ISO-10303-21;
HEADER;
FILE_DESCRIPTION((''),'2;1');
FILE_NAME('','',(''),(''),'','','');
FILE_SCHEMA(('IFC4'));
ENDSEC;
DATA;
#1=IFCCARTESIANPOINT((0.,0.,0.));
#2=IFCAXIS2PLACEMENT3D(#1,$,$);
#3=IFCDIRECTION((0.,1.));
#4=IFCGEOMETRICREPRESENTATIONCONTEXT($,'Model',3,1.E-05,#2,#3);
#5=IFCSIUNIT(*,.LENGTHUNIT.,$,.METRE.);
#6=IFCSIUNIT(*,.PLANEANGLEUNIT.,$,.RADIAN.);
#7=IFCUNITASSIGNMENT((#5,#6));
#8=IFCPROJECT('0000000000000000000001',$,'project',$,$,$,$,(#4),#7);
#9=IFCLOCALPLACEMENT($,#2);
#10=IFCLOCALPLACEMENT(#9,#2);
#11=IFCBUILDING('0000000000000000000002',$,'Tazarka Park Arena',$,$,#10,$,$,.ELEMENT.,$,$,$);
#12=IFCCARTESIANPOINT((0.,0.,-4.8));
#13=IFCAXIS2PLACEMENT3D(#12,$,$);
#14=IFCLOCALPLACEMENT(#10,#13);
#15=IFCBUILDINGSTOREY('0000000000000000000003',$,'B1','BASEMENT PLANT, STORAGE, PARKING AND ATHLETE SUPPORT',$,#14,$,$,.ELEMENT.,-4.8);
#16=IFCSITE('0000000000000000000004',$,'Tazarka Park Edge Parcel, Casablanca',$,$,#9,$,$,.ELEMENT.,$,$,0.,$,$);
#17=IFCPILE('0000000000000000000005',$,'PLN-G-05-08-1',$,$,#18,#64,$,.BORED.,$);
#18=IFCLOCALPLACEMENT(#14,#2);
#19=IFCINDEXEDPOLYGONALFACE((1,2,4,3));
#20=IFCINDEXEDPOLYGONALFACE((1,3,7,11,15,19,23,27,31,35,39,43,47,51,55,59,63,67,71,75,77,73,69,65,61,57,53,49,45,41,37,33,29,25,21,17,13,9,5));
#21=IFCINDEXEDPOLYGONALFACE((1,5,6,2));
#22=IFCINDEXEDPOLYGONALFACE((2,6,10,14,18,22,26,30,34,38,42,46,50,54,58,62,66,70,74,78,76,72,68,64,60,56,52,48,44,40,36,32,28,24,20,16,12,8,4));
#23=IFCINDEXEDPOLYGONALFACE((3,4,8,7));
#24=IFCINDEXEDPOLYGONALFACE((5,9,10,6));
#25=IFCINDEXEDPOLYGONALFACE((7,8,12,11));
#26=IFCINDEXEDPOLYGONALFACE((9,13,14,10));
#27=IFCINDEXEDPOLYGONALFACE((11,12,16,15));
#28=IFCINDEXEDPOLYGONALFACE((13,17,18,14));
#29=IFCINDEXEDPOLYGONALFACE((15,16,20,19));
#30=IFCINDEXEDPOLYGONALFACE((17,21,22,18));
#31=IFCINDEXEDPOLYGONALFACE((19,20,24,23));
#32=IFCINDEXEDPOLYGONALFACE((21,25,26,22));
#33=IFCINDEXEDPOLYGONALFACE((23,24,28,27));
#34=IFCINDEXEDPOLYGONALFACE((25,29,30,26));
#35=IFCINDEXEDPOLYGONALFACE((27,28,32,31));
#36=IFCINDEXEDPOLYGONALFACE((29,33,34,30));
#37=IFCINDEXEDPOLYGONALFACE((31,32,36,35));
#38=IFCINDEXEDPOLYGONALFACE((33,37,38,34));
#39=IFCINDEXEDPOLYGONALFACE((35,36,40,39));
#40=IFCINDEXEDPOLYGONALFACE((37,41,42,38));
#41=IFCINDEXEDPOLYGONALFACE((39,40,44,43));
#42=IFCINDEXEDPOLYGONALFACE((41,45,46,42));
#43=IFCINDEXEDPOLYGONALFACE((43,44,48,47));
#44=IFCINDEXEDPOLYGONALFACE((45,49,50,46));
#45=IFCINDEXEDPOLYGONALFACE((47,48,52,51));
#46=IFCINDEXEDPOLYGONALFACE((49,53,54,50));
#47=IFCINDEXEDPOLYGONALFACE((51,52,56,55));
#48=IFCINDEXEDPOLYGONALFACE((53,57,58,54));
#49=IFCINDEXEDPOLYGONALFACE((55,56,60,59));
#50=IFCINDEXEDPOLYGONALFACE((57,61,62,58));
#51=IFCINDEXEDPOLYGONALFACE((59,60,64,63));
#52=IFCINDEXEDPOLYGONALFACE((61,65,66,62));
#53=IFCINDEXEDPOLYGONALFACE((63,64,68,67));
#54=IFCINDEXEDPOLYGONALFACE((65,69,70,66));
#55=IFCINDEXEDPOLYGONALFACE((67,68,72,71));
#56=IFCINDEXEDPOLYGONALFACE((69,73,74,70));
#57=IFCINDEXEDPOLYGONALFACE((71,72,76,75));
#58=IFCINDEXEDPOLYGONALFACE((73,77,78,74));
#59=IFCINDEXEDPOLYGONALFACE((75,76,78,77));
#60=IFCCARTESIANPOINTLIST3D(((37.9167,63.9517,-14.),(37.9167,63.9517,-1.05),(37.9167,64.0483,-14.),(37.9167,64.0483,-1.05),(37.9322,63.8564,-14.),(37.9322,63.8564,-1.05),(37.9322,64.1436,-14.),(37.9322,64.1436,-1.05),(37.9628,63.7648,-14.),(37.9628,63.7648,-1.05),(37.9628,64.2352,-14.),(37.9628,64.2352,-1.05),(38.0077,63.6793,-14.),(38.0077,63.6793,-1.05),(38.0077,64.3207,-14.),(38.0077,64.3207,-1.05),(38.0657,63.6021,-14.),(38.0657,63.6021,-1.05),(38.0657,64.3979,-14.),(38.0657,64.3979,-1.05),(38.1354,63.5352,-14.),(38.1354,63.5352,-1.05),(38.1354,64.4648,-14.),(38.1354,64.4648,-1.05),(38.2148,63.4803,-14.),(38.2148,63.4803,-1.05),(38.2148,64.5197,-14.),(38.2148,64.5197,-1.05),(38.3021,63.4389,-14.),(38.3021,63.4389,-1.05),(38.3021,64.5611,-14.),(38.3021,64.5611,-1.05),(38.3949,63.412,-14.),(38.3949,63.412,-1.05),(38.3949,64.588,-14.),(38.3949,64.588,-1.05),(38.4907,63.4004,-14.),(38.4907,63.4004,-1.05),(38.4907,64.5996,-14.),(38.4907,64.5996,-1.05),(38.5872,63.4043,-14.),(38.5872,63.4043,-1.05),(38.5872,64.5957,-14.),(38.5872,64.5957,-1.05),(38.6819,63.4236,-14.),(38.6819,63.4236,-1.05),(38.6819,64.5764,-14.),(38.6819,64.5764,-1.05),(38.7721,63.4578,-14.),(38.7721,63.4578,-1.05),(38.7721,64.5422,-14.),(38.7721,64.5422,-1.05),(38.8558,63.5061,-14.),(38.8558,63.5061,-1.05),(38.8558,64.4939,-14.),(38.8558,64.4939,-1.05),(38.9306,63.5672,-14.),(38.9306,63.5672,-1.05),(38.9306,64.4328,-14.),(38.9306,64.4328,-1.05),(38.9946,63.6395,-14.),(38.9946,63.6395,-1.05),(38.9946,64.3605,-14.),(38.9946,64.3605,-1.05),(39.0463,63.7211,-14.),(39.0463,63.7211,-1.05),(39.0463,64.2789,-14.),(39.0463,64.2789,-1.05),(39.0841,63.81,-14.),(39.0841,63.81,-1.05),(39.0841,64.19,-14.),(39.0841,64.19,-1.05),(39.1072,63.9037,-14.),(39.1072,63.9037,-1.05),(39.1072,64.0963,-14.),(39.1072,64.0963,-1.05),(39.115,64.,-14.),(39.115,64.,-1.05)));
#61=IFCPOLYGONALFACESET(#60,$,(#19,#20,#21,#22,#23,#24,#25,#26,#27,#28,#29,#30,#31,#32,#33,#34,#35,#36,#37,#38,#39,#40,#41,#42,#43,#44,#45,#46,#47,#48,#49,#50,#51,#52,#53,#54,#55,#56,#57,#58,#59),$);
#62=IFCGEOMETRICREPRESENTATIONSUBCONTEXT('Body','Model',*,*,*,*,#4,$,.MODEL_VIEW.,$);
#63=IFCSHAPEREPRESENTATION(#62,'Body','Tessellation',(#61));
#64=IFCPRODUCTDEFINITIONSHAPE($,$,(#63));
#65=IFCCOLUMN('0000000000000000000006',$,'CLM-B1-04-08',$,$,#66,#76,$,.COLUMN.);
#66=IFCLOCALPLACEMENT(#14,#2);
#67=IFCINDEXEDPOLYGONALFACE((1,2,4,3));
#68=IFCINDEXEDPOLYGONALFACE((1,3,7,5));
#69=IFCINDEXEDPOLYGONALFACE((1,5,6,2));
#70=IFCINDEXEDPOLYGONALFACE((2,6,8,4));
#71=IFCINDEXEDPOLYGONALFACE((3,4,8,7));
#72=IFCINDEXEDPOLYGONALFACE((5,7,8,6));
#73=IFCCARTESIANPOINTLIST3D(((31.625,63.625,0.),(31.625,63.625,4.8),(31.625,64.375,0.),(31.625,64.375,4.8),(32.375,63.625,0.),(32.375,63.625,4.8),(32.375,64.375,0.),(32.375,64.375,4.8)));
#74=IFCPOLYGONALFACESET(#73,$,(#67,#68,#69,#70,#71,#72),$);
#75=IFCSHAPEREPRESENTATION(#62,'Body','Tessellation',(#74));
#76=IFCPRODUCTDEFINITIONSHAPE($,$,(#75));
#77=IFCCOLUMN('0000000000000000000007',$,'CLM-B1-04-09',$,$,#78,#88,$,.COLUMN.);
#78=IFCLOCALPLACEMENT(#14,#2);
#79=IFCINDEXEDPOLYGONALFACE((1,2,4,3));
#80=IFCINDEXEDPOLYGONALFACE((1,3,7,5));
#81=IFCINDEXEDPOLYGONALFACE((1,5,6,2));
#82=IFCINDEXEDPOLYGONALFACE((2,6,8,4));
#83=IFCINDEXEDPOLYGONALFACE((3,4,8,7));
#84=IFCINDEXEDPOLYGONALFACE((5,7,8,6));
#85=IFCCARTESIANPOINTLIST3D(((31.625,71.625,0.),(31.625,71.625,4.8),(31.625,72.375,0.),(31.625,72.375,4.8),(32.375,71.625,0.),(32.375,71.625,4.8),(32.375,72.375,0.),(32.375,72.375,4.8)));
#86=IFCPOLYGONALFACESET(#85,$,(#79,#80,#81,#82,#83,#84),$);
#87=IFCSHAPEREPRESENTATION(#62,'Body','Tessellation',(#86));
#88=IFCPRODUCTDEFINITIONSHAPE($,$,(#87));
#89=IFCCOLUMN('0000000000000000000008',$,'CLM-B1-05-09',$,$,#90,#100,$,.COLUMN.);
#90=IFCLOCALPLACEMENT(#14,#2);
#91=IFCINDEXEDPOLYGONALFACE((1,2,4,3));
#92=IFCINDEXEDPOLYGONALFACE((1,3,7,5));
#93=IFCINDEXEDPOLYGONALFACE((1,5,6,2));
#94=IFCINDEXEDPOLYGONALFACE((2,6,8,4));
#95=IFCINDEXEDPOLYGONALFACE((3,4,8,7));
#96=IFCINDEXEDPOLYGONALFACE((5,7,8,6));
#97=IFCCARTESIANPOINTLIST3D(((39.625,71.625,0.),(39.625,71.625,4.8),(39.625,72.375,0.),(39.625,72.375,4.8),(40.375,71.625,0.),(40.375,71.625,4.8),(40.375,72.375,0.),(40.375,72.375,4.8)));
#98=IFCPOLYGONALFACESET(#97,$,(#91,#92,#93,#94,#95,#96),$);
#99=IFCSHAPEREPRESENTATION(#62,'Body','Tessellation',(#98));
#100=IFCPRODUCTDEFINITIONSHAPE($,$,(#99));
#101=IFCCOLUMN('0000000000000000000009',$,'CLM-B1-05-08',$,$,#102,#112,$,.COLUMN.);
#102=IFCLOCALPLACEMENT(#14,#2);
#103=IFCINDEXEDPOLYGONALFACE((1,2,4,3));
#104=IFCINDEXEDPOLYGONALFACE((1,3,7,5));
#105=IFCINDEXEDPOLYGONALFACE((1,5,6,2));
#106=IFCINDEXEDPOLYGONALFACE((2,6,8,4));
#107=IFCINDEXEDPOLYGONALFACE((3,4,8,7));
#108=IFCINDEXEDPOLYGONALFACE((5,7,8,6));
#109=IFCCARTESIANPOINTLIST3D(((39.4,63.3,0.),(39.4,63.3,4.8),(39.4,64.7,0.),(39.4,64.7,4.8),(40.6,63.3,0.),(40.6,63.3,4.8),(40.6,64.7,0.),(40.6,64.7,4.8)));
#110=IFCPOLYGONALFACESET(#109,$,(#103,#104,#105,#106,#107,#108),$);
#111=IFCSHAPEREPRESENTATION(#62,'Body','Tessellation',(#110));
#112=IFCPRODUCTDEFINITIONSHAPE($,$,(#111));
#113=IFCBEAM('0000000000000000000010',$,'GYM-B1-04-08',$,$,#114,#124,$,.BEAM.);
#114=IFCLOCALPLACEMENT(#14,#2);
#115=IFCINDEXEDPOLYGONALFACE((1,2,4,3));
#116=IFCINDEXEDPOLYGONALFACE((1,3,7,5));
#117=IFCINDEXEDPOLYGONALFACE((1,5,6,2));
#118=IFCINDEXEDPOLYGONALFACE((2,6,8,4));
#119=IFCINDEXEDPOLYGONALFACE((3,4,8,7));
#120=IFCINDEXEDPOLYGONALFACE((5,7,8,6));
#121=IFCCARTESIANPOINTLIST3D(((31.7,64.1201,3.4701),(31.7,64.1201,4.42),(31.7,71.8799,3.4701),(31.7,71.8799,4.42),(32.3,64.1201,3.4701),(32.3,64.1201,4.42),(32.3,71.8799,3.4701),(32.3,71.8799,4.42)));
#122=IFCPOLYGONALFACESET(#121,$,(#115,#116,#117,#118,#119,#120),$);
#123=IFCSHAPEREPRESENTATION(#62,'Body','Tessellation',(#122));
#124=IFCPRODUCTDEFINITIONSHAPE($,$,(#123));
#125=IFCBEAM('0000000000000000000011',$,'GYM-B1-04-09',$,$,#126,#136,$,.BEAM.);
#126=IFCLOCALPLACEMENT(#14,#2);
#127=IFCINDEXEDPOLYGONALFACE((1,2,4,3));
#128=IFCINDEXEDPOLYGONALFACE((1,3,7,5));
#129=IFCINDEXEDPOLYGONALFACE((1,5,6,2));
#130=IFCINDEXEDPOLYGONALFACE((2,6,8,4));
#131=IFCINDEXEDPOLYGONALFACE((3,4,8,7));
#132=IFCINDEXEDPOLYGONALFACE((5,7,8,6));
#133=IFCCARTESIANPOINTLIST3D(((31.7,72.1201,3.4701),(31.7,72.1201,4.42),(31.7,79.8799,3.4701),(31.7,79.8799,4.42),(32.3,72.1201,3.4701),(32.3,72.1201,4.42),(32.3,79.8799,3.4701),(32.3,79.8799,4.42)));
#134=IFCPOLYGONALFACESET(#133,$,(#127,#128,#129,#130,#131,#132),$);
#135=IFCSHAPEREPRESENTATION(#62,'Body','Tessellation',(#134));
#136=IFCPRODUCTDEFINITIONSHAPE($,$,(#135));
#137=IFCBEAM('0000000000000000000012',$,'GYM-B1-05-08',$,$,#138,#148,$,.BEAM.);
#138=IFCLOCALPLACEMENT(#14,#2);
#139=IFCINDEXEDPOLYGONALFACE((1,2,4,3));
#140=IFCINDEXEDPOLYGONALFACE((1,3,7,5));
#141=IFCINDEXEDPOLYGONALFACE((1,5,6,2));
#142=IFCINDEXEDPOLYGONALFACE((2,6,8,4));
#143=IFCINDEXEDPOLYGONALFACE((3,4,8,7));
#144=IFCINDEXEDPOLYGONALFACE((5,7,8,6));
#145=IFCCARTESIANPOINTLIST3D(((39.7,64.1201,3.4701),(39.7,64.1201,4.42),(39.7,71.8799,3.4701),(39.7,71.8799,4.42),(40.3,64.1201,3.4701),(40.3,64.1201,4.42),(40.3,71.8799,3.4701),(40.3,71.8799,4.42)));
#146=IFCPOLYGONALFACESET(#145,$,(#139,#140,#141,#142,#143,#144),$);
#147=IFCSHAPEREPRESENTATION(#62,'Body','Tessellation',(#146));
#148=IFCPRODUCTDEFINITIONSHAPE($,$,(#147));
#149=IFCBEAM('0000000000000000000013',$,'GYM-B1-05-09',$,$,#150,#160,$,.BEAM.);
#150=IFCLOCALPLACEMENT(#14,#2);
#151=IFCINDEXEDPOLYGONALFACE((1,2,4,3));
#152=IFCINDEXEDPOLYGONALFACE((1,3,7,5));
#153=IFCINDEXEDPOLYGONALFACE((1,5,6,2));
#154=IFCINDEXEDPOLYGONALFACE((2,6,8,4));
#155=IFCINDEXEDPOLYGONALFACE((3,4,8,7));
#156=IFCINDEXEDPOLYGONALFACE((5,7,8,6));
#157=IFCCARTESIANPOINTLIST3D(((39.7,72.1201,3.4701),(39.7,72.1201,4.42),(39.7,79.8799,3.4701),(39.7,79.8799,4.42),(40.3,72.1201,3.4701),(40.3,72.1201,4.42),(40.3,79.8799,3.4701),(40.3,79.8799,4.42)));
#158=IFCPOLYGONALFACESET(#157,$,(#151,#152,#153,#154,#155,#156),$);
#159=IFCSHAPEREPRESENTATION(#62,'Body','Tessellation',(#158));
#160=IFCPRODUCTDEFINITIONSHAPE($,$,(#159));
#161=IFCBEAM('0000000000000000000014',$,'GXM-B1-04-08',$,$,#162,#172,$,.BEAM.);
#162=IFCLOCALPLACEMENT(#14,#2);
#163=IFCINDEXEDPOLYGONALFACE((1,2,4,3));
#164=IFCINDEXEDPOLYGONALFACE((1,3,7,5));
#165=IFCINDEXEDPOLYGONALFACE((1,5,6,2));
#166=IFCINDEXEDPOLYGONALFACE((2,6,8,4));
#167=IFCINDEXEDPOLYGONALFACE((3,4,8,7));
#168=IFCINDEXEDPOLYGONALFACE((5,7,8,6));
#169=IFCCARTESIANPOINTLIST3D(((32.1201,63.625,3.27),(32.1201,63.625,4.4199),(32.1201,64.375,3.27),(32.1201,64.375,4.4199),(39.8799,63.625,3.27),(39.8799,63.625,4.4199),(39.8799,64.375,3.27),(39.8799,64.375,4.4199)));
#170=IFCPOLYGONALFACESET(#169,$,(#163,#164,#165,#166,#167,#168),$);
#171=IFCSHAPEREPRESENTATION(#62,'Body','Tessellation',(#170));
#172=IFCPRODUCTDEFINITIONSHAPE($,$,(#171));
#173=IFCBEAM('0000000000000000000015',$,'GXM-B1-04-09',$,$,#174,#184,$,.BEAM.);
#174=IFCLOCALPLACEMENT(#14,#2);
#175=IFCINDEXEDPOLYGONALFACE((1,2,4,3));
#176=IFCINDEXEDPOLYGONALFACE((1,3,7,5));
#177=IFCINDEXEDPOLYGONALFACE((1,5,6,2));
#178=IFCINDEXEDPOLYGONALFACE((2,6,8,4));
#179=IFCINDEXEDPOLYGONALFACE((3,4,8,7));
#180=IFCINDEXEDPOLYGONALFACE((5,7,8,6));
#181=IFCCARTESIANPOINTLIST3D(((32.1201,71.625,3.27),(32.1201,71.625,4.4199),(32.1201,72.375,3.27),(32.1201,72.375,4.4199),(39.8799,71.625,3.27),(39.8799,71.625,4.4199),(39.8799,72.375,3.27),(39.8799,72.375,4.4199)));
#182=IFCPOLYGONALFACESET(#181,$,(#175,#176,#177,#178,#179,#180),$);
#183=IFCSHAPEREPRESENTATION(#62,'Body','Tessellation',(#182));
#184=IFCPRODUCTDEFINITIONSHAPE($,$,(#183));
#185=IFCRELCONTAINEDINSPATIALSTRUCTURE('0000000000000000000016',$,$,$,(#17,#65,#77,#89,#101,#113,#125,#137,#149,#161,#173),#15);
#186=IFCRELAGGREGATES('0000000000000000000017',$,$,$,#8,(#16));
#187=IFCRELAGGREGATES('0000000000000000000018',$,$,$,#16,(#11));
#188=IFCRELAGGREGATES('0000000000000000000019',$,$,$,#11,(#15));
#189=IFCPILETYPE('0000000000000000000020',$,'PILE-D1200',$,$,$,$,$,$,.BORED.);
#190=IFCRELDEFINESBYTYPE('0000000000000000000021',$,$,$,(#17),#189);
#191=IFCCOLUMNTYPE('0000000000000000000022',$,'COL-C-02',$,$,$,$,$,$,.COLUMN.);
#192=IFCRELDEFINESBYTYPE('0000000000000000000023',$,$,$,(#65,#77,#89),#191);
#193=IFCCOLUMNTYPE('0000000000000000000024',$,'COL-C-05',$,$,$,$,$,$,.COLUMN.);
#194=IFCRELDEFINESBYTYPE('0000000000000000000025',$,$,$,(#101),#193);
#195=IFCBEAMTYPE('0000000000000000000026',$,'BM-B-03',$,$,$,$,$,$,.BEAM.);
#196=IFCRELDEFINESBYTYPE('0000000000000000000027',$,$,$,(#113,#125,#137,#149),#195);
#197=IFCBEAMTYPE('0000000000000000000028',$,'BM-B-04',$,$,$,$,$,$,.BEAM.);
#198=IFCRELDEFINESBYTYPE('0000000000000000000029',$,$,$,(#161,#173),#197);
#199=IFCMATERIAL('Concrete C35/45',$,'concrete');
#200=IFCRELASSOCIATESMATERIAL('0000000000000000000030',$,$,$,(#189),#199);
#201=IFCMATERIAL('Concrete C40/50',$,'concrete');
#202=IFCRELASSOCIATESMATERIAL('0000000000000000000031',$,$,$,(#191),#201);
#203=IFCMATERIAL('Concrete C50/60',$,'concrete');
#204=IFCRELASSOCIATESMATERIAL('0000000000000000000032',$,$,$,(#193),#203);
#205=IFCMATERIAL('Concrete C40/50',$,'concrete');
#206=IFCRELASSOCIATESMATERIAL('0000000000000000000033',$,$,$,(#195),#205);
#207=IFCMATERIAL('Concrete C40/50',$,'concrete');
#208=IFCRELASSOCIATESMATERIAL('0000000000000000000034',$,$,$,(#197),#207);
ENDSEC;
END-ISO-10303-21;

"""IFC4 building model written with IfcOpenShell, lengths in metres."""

from ifc_helpers import new_model, si_unit, direction, frame, origin, origin_2d, place, context, subcontext, project, spatial, rectangle, circle, extrude, material, material_profile, profile_set, type_object, element, save


model = new_model("IFC4")

# Units and contexts
model_context = context("Model", 3, precision=1e-05, world=origin(), true_north=direction((0.0, 1.0)))
body_context = subcontext(model_context, "Body", "Model", "MODEL_VIEW")
ifc_project = project(units=[si_unit("LENGTHUNIT", "METRE"), si_unit("PLANEANGLEUNIT", "RADIAN")], contexts=[model_context])

# Site, building, storey
site_placement = place(None, origin())
site = spatial("IfcSite", under=ifc_project, at=site_placement, Name="Tazarka Park Edge Parcel, Casablanca", CompositionType="ELEMENT", RefElevation=0.0)
building_placement = place(site_placement, origin())
building = spatial("IfcBuilding", under=site, at=building_placement, Name="Tazarka Park Arena", CompositionType="ELEMENT")
storey_placement = place(building_placement, frame((0.0, 0.0, -4.8)))
storey = spatial("IfcBuildingStorey", under=building, at=storey_placement, Name="B1", Description="BASEMENT PLANT, STORAGE, PARKING AND ATHLETE SUPPORT", CompositionType="ELEMENT", Elevation=-4.8)

# Pile
ifc_material_1 = material(Name="Concrete C35/45", Category="concrete")
ifc_material_profile_1 = material_profile(ifc_material_1, circle(Radius=0.6001, at=origin_2d()), Name="Concrete C35/45")
ifc_profile_set_1 = profile_set([ifc_material_profile_1], Name="Concrete C35/45")
pile_type_1 = type_object("IfcPileType", Name="PILE-D1200", PredefinedType="BORED", material=ifc_profile_set_1)
pile_placement = place(storey_placement, frame((38.5149, 64.0, -1.05), z_axis=(0.0, 0.0, -1.0), x_axis=(1.0, 0.0, 0.0)))
element("IfcPile", 1, at=pile_placement, inside=storey, type_object=pile_type_1, Name="PLN-G-05-08-1", PredefinedType="BORED", context=body_context, shape_type="SweptSolid", body=[
    extrude(circle(Radius=0.6001, at=origin_2d()), origin(), (0.0, 0.0, 1.0), 12.95),
])

# Columns
ifc_material_2 = material(Name="Concrete C40/50", Category="concrete")
ifc_material_profile_2 = material_profile(ifc_material_2, rectangle(XDim=0.75, YDim=0.75, at=origin_2d()), Name="Concrete C40/50")
ifc_profile_set_2 = profile_set([ifc_material_profile_2], Name="Concrete C40/50")
column_type_1 = type_object("IfcColumnType", Name="COL-C-02", PredefinedType="COLUMN", material=ifc_profile_set_2)
for number, where, z_axis, x_axis, name in (
    (2, (32.0, 64.0, 0.0), (0.0, 0.0, 1.0), (1.0, 0.0, 0.0), "CLM-B1-04-08"),
    (3, (32.0, 72.0, 0.0), (0.0, 0.0, 1.0), (1.0, 0.0, 0.0), "CLM-B1-04-09"),
    (4, (40.0, 72.0, 0.0), (0.0, 0.0, 1.0), (1.0, 0.0, 0.0), "CLM-B1-05-09"),
):
    element("IfcColumn", number, at=place(storey_placement, frame(where, z_axis=z_axis, x_axis=x_axis)), inside=storey, type_object=column_type_1, Name=name, PredefinedType="COLUMN", context=body_context, shape_type="SweptSolid", body=[
        extrude(rectangle(XDim=0.75, YDim=0.75, at=origin_2d()), origin(), (0.0, 0.0, 1.0), 4.8),
    ])
ifc_material_3 = material(Name="Concrete C50/60", Category="concrete")
ifc_material_profile_3 = material_profile(ifc_material_3, rectangle(XDim=1.2, YDim=1.3999, at=origin_2d()), Name="Concrete C50/60")
ifc_profile_set_3 = profile_set([ifc_material_profile_3], Name="Concrete C50/60")
column_type_2 = type_object("IfcColumnType", Name="COL-C-05", PredefinedType="COLUMN", material=ifc_profile_set_3)
column_placement = place(storey_placement, frame((40.0, 64.0, 0.0), z_axis=(0.0, 0.0, 1.0), x_axis=(1.0, 0.0, 0.0)))
element("IfcColumn", 5, at=column_placement, inside=storey, type_object=column_type_2, Name="CLM-B1-05-08", PredefinedType="COLUMN", context=body_context, shape_type="SweptSolid", body=[
    extrude(rectangle(XDim=1.2, YDim=1.3999, at=origin_2d()), origin(), (0.0, 0.0, 1.0), 4.8),
])

# Beams
ifc_material_4 = material(Name="Concrete C40/50", Category="concrete")
ifc_material_profile_4 = material_profile(ifc_material_4, rectangle(XDim=0.6001, YDim=0.95, at=origin_2d()), Name="Concrete C40/50")
ifc_profile_set_4 = profile_set([ifc_material_profile_4], Name="Concrete C40/50")
beam_type_1 = type_object("IfcBeamType", Name="BM-B-03", PredefinedType="BEAM", material=ifc_profile_set_4)
for number, where, z_axis, x_axis, name in (
    (6, (32.0, 64.1201, 3.9451), (0.0, 1.0, 0.0), (-1.0, 0.0, 0.0), "GYM-B1-04-08"),
    (7, (32.0, 72.1201, 3.9451), (0.0, 1.0, 0.0), (-1.0, 0.0, 0.0), "GYM-B1-04-09"),
    (8, (40.0, 64.1201, 3.9451), (0.0, 1.0, 0.0), (-1.0, 0.0, 0.0), "GYM-B1-05-08"),
    (9, (40.0, 72.1201, 3.9451), (0.0, 1.0, 0.0), (-1.0, 0.0, 0.0), "GYM-B1-05-09"),
):
    element("IfcBeam", number, at=place(storey_placement, frame(where, z_axis=z_axis, x_axis=x_axis)), inside=storey, type_object=beam_type_1, Name=name, PredefinedType="BEAM", context=body_context, shape_type="SweptSolid", body=[
        extrude(rectangle(XDim=0.6001, YDim=0.95, at=origin_2d()), origin(), (0.0, 0.0, 1.0), 7.7598),
    ])
ifc_material_5 = material(Name="Concrete C40/50", Category="concrete")
ifc_material_profile_5 = material_profile(ifc_material_5, rectangle(XDim=0.75, YDim=1.1499, at=origin_2d()), Name="Concrete C40/50")
ifc_profile_set_5 = profile_set([ifc_material_profile_5], Name="Concrete C40/50")
beam_type_2 = type_object("IfcBeamType", Name="BM-B-04", PredefinedType="BEAM", material=ifc_profile_set_5)
for number, where, z_axis, x_axis, name in (
    (10, (32.1201, 64.0, 3.845), (1.0, 0.0, 0.0), (0.0, 1.0, 0.0), "GXM-B1-04-08"),
    (11, (32.1201, 72.0, 3.845), (1.0, 0.0, 0.0), (0.0, 1.0, 0.0), "GXM-B1-04-09"),
):
    element("IfcBeam", number, at=place(storey_placement, frame(where, z_axis=z_axis, x_axis=x_axis)), inside=storey, type_object=beam_type_2, Name=name, PredefinedType="BEAM", context=body_context, shape_type="SweptSolid", body=[
        extrude(rectangle(XDim=0.75, YDim=1.1499, at=origin_2d()), origin(), (0.0, 0.0, 1.0), 7.7598),
    ])

save(model, "model.ifc")
